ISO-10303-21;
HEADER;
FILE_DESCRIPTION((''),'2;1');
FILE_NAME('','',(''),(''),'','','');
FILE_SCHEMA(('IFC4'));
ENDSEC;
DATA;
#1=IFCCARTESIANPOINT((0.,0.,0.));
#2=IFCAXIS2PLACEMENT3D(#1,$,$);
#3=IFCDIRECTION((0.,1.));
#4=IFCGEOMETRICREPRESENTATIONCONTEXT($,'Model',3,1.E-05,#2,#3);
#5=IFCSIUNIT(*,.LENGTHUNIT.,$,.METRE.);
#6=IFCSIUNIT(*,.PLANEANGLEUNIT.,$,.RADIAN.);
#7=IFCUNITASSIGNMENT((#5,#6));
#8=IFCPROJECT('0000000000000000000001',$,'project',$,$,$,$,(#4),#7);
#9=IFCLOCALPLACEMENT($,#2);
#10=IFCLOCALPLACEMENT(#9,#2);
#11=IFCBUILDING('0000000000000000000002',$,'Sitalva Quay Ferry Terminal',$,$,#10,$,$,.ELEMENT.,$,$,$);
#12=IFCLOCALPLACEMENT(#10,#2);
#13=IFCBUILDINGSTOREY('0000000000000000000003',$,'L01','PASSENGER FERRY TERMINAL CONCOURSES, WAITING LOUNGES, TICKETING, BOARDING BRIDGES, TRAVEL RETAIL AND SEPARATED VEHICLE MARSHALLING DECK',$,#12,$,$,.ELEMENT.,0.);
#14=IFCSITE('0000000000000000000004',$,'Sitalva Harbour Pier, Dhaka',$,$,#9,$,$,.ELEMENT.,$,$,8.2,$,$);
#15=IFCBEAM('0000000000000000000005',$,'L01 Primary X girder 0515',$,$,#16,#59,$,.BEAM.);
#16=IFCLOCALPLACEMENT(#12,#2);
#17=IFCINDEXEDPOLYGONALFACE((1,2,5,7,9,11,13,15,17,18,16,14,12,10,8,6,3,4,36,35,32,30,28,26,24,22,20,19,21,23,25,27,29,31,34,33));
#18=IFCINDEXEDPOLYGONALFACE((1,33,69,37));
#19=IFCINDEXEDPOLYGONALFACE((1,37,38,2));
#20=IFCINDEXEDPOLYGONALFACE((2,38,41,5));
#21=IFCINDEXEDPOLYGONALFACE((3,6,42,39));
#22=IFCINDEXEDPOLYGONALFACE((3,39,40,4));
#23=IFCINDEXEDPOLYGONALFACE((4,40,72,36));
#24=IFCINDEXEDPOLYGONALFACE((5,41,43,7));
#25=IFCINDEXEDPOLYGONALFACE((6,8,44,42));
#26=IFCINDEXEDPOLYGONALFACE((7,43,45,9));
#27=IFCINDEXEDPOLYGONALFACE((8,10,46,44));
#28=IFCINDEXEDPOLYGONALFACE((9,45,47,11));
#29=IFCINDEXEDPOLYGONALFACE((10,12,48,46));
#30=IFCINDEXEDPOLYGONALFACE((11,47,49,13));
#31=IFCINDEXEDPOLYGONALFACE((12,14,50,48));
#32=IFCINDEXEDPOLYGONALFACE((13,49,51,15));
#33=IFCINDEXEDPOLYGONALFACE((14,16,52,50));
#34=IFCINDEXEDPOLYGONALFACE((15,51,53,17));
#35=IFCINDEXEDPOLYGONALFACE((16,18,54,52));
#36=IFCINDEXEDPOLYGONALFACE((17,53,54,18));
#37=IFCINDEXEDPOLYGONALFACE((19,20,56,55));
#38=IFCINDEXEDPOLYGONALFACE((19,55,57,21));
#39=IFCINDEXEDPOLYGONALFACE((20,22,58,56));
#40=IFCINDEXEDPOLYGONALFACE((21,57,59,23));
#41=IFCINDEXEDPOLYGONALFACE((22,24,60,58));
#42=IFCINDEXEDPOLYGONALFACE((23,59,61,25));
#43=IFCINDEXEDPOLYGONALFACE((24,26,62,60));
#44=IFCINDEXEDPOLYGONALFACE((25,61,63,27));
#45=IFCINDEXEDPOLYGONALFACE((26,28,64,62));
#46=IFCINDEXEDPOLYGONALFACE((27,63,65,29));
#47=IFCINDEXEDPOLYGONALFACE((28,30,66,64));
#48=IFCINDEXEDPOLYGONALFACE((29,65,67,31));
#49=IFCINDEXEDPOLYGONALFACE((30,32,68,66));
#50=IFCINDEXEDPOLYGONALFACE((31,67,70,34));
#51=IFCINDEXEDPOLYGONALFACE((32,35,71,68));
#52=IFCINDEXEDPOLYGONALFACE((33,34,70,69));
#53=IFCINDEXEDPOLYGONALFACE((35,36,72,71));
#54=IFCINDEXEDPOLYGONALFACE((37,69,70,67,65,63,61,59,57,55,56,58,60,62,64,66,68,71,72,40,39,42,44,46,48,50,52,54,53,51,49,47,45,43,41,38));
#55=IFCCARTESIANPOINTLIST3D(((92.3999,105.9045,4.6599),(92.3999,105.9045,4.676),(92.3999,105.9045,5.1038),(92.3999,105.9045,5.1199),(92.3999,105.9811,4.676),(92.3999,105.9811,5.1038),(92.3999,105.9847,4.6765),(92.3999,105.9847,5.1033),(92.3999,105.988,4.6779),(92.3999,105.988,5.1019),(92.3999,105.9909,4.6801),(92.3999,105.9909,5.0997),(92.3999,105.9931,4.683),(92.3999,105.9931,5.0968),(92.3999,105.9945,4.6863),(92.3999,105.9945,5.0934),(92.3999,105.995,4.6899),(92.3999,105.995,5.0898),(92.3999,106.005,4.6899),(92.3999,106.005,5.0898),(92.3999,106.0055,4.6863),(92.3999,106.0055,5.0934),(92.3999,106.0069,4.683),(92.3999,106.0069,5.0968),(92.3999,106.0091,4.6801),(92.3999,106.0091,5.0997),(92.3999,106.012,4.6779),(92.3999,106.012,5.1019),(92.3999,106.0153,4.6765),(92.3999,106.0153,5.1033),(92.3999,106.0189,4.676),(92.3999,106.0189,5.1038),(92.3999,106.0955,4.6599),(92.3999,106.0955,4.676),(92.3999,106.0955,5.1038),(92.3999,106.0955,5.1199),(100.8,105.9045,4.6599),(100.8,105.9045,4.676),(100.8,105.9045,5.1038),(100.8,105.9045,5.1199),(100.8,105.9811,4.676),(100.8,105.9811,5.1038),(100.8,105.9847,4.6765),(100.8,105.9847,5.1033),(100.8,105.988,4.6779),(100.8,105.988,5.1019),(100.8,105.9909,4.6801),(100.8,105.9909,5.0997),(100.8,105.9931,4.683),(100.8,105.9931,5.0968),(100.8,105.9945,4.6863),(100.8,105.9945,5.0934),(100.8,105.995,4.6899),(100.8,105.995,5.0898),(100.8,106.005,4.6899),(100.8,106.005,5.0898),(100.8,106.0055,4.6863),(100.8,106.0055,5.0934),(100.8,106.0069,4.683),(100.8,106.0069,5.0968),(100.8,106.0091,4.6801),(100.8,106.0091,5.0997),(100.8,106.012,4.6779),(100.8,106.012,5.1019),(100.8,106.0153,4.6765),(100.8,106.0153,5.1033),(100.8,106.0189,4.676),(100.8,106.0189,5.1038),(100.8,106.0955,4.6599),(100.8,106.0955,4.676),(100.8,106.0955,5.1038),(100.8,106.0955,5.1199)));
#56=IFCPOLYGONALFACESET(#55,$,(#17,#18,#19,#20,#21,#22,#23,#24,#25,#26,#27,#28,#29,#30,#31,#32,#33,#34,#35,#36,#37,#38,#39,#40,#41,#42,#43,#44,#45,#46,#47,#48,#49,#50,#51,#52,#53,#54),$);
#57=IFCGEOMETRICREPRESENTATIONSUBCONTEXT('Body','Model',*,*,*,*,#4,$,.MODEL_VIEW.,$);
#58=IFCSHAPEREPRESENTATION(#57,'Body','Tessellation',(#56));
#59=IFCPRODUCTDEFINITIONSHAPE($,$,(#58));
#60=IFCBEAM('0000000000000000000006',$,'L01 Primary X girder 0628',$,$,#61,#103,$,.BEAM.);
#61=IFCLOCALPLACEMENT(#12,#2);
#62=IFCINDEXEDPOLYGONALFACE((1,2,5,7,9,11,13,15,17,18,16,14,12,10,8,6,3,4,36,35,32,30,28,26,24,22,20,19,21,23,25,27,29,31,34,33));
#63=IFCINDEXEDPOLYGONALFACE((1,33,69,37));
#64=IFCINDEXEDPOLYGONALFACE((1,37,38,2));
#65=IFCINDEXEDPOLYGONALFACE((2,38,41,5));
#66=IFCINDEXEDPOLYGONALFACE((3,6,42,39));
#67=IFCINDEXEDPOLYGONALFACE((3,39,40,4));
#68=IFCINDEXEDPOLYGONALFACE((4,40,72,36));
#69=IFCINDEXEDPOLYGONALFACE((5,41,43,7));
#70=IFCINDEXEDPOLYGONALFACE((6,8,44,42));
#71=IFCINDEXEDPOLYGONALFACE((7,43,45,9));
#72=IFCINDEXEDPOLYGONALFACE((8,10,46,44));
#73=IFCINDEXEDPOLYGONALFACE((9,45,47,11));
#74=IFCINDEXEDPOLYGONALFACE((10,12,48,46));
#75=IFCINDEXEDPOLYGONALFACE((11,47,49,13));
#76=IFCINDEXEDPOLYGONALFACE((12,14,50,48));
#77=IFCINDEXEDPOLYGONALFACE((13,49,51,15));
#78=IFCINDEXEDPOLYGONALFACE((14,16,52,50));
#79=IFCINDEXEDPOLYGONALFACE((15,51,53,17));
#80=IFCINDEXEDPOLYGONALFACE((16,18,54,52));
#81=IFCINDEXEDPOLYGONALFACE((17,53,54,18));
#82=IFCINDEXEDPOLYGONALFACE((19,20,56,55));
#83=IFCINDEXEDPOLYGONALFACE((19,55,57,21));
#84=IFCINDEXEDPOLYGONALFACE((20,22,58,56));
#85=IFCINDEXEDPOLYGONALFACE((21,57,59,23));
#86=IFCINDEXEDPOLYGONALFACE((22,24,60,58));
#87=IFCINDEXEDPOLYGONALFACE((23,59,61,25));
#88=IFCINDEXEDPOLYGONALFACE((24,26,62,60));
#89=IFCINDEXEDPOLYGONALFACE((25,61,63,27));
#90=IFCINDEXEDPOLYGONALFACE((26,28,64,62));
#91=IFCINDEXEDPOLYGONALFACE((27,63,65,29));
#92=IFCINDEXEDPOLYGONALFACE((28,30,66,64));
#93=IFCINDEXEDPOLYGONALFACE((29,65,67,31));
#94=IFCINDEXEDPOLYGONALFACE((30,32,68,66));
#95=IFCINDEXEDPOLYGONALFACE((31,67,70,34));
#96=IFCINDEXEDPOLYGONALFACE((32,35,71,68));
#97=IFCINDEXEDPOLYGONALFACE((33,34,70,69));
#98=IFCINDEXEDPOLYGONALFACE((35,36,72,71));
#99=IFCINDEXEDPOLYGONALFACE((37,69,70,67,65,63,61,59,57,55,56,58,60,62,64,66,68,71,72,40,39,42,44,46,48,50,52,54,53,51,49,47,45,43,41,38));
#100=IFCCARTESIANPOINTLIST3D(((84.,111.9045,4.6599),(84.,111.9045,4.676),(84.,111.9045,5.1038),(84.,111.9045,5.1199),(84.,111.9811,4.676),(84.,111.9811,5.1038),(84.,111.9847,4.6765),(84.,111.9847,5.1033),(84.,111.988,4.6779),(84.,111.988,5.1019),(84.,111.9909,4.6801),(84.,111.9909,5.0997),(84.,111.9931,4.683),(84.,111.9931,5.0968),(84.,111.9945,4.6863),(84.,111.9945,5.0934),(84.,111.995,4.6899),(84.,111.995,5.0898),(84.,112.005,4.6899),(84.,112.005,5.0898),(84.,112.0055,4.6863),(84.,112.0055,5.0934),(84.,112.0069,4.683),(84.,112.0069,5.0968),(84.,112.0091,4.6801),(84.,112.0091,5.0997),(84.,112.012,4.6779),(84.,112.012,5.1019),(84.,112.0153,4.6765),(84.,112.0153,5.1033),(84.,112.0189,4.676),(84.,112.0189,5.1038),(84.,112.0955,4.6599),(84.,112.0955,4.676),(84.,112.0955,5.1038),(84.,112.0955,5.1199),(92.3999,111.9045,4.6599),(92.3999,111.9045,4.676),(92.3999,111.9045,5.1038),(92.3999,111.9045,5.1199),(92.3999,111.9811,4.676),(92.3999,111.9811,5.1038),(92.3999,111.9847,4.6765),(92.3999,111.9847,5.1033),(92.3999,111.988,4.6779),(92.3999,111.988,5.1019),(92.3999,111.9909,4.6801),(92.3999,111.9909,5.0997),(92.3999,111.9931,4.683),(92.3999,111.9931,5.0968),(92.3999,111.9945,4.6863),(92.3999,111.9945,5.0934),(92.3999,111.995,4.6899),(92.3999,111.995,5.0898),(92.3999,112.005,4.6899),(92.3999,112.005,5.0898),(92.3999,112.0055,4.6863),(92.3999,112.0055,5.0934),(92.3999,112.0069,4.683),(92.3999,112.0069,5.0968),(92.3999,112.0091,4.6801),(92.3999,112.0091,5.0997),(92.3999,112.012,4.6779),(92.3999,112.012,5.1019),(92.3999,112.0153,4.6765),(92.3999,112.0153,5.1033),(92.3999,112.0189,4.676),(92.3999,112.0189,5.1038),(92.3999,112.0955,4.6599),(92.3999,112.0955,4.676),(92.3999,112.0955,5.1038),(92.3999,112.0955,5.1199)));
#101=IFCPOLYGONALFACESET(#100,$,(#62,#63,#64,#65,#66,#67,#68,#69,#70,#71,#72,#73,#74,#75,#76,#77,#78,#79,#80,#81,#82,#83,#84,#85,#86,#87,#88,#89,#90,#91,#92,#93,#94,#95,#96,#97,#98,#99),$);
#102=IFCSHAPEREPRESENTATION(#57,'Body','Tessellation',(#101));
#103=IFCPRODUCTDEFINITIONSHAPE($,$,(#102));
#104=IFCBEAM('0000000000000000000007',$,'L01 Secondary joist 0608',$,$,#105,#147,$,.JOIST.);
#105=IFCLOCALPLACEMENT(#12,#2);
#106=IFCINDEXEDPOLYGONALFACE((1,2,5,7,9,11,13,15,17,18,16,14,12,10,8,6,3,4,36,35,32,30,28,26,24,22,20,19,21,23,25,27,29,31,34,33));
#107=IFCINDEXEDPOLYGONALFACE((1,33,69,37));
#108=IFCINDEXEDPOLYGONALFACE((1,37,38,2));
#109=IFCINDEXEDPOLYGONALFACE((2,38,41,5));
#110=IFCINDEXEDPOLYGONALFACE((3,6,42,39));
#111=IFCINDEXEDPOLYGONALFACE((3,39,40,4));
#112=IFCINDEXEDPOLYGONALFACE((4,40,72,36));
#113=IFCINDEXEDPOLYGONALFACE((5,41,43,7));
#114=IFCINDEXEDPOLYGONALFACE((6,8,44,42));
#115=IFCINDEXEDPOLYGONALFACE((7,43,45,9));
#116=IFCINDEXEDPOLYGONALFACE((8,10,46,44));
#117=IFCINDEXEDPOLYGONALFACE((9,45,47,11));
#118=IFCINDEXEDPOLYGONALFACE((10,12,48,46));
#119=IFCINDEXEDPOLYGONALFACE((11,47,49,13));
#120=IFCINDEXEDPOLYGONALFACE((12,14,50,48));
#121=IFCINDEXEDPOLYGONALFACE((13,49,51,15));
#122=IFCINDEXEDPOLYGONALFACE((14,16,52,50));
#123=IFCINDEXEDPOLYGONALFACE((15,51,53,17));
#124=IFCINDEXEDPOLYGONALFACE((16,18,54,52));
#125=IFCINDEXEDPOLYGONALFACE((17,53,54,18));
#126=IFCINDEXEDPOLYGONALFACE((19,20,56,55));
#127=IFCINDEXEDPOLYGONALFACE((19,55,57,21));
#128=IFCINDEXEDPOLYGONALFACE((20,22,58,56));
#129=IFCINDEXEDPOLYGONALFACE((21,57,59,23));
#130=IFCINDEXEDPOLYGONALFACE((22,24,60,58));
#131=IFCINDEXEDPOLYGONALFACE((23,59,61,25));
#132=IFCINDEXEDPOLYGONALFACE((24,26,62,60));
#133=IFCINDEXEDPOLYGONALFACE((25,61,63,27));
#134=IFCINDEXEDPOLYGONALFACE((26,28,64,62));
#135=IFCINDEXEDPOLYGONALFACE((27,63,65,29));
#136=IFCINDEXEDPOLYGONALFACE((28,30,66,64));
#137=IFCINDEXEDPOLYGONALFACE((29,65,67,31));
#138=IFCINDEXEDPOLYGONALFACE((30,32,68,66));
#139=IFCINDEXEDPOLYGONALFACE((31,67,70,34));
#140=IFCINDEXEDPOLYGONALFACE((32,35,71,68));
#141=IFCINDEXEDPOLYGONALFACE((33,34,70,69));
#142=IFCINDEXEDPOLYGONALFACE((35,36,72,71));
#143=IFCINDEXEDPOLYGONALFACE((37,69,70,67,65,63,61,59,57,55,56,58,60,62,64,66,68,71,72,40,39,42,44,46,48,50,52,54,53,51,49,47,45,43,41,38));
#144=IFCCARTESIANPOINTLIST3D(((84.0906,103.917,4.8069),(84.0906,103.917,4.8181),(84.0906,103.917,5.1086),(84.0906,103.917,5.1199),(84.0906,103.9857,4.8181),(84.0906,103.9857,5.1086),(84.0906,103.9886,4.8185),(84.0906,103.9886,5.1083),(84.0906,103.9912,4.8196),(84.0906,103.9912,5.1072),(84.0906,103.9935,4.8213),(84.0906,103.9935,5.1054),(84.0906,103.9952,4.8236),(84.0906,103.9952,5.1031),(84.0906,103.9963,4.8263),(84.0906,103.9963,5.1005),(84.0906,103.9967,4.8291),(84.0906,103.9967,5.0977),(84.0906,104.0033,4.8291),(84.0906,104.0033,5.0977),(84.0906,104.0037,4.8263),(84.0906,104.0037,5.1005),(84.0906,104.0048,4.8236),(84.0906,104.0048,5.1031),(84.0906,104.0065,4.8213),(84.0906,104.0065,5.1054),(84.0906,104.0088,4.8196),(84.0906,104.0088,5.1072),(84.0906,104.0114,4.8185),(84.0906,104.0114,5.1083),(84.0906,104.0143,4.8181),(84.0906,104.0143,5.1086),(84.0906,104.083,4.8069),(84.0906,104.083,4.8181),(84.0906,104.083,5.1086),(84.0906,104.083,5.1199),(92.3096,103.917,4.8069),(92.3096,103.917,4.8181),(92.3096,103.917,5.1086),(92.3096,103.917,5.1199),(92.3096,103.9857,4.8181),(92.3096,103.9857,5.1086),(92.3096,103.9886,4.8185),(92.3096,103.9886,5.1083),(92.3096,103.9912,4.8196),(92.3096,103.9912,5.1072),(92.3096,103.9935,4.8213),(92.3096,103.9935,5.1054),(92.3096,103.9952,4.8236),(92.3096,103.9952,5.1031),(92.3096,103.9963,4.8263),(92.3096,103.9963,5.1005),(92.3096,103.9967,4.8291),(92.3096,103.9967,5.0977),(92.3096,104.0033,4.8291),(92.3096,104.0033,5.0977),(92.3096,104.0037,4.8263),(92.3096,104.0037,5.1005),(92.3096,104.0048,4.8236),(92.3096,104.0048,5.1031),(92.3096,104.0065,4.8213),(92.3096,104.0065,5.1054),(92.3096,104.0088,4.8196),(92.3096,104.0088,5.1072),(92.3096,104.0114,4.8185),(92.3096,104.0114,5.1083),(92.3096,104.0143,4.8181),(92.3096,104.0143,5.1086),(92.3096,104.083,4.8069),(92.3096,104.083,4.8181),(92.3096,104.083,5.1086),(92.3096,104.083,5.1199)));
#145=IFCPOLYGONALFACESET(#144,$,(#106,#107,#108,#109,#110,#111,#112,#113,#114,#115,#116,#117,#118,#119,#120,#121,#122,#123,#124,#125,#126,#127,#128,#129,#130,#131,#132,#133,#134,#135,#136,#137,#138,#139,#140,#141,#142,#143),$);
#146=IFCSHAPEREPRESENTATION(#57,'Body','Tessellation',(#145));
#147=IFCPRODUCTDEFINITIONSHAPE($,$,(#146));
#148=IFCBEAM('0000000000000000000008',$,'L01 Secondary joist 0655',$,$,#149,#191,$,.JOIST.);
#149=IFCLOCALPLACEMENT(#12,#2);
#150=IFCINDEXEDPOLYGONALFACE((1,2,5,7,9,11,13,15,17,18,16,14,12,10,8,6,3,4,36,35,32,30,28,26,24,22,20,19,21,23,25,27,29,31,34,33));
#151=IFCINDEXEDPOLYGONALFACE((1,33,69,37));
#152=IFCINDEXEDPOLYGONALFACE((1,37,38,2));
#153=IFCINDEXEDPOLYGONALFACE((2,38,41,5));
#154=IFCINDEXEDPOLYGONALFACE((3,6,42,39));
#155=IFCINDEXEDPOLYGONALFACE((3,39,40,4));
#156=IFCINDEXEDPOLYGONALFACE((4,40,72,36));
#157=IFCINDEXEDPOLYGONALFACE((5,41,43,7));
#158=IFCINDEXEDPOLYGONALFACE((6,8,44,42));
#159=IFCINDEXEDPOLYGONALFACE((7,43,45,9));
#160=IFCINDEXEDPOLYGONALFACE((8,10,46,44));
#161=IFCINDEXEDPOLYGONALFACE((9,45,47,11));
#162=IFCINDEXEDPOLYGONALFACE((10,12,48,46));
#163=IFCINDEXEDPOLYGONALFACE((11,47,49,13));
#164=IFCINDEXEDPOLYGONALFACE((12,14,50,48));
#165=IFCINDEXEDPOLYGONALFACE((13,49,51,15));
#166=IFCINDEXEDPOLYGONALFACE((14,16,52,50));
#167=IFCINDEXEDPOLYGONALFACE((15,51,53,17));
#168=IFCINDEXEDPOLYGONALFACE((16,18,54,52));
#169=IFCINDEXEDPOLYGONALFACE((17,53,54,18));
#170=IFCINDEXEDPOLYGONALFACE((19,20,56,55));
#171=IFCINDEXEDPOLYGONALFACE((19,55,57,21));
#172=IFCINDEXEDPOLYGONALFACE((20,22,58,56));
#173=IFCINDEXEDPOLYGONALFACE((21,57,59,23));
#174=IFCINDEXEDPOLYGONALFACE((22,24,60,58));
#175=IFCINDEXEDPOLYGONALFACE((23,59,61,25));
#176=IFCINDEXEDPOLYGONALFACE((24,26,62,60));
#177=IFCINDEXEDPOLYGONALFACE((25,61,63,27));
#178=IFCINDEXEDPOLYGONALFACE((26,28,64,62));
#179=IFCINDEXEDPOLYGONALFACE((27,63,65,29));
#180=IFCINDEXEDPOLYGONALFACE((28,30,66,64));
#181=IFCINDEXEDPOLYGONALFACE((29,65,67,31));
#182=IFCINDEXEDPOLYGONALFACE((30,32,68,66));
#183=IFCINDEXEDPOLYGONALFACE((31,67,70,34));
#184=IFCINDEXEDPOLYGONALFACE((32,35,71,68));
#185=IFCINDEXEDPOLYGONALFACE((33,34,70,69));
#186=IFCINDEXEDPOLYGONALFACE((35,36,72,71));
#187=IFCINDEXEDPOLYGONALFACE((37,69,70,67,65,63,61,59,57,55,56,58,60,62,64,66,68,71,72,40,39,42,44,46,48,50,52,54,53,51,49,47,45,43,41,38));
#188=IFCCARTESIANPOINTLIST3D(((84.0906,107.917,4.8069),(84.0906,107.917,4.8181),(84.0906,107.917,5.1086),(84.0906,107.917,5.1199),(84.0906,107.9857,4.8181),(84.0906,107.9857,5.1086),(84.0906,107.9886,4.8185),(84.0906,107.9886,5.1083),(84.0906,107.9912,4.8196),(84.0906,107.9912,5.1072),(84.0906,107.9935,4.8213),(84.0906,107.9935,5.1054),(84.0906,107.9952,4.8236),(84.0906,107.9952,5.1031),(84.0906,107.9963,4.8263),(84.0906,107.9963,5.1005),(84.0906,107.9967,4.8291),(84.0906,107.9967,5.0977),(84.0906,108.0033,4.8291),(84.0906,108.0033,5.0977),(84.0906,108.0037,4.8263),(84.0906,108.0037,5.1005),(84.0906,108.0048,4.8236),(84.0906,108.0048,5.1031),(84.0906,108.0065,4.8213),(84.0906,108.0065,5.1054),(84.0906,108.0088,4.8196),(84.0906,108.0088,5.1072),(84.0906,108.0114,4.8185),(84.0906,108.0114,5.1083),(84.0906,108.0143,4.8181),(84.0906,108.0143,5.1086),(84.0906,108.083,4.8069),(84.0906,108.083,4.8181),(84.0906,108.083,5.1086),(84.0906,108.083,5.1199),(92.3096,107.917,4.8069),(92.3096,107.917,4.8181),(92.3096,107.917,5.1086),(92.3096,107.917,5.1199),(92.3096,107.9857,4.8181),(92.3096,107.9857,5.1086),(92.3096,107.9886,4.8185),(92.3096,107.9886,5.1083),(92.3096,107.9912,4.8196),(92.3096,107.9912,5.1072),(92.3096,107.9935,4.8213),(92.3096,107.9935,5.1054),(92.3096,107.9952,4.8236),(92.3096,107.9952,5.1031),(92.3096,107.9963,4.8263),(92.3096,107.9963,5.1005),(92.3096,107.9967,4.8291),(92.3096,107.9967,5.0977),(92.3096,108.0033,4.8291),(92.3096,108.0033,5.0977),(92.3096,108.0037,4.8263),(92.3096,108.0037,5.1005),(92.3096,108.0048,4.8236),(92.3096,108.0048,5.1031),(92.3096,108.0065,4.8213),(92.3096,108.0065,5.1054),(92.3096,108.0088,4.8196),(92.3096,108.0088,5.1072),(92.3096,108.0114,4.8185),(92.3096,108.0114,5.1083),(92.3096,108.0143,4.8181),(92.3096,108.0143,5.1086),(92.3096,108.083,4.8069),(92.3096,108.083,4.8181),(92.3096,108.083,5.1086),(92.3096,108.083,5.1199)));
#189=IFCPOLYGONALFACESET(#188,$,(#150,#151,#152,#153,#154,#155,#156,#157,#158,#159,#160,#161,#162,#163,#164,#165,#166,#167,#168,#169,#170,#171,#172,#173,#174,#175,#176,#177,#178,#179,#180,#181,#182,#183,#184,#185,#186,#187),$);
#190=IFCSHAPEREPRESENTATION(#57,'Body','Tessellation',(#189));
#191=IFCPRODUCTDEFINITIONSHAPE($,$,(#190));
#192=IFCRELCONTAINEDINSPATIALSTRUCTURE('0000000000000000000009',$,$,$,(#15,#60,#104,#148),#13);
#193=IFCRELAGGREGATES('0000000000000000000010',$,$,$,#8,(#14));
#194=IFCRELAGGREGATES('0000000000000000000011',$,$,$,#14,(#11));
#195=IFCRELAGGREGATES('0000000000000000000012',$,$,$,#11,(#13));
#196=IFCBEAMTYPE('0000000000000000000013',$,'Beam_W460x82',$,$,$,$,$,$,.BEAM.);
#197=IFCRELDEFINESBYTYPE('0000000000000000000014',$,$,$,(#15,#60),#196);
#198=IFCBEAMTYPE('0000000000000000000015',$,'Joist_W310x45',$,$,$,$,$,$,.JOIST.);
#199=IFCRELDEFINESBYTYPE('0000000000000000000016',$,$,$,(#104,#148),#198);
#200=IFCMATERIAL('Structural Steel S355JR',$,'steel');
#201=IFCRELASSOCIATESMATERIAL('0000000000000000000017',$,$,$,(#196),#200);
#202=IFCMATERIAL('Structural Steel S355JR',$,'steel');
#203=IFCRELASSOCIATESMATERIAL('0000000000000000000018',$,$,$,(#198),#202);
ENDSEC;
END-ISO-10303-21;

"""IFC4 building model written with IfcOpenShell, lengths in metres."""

from ifc_helpers import new_model, si_unit, direction, frame, origin, origin_2d, place, context, subcontext, project, spatial, i_section, extrude, material, material_profile, profile_set, type_object, element, save


model = new_model("IFC4")

# Units and contexts
model_context = context("Model", 3, precision=1e-05, world=origin(), true_north=direction((0.0, 1.0)))
body_context = subcontext(model_context, "Body", "Model", "MODEL_VIEW")
ifc_project = project(units=[si_unit("LENGTHUNIT", "METRE"), si_unit("PLANEANGLEUNIT", "RADIAN")], contexts=[model_context])

# Site, building, storey
site_placement = place(None, origin())
site = spatial("IfcSite", under=ifc_project, at=site_placement, Name="Sitalva Harbour Pier, Dhaka", CompositionType="ELEMENT", RefElevation=8.2)
building_placement = place(site_placement, origin())
building = spatial("IfcBuilding", under=site, at=building_placement, Name="Sitalva Quay Ferry Terminal", CompositionType="ELEMENT")
storey_placement = place(building_placement, origin())
storey = spatial("IfcBuildingStorey", under=building, at=storey_placement, Name="L01", Description="PASSENGER FERRY TERMINAL CONCOURSES, WAITING LOUNGES, TICKETING, BOARDING BRIDGES, TRAVEL RETAIL AND SEPARATED VEHICLE MARSHALLING DECK", CompositionType="ELEMENT", Elevation=0.0)

# Beams
ifc_material_1 = material(Name="Structural Steel S355JR", Category="steel")
ifc_material_profile_1 = material_profile(ifc_material_1, i_section(OverallWidth=0.1909, OverallDepth=0.46, WebThickness=0.01, FlangeThickness=0.0161, FilletRadius=0.0139, at=origin_2d()), Name="W460x82")
ifc_profile_set_1 = profile_set([ifc_material_profile_1], Name="Structural Steel S355JR")
beam_type_1 = type_object("IfcBeamType", Name="Beam_W460x82", PredefinedType="BEAM", material=ifc_profile_set_1)
beam_1_placement = place(storey_placement, frame((92.3999, 106.0, 4.8899), z_axis=(1.0, 0.0, 0.0), x_axis=(0.0, 1.0, 0.0)))
element("IfcBeam", 1, at=beam_1_placement, inside=storey, type_object=beam_type_1, Name="L01 Primary X girder 0515", PredefinedType="BEAM", context=body_context, shape_type="SweptSolid", body=[
    extrude(i_section(OverallWidth=0.1909, OverallDepth=0.46, WebThickness=0.01, FlangeThickness=0.0161, FilletRadius=0.0139, at=origin_2d()), origin(), (0.0, 0.0, 1.0), 8.4001),
])
beam_2_placement = place(storey_placement, frame((84.0, 112.0, 4.8899), z_axis=(1.0, 0.0, 0.0), x_axis=(0.0, 1.0, 0.0)))
element("IfcBeam", 2, at=beam_2_placement, inside=storey, type_object=beam_type_1, Name="L01 Primary X girder 0628", PredefinedType="BEAM", context=body_context, shape_type="SweptSolid", body=[
    extrude(i_section(OverallWidth=0.1909, OverallDepth=0.46, WebThickness=0.01, FlangeThickness=0.0161, FilletRadius=0.0139, at=origin_2d()), origin(), (0.0, 0.0, 1.0), 8.3999),
])
ifc_material_2 = material(Name="Structural Steel S355JR", Category="steel")
ifc_material_profile_2 = material_profile(ifc_material_2, i_section(OverallWidth=0.166, OverallDepth=0.313, WebThickness=0.0066, FlangeThickness=0.0112, FilletRadius=0.011, at=origin_2d()), Name="W310x45")
ifc_profile_set_2 = profile_set([ifc_material_profile_2], Name="Structural Steel S355JR")
beam_type_2 = type_object("IfcBeamType", Name="Joist_W310x45", PredefinedType="JOIST", material=ifc_profile_set_2)
for number, where, z_axis, x_axis, name in (
    (3, (84.0906, 104.0, 4.9634), (1.0, 0.0, 0.0), (0.0, 1.0, 0.0), "L01 Secondary joist 0608"),
    (4, (84.0906, 108.0, 4.9634), (1.0, 0.0, 0.0), (0.0, 1.0, 0.0), "L01 Secondary joist 0655"),
):
    element("IfcBeam", number, at=place(storey_placement, frame(where, z_axis=z_axis, x_axis=x_axis)), inside=storey, type_object=beam_type_2, Name=name, PredefinedType="JOIST", context=body_context, shape_type="SweptSolid", body=[
        extrude(i_section(OverallWidth=0.166, OverallDepth=0.313, WebThickness=0.0066, FlangeThickness=0.0112, FilletRadius=0.011, at=origin_2d()), origin(), (0.0, 0.0, 1.0), 8.219),
    ])

save(model, "model.ifc")
